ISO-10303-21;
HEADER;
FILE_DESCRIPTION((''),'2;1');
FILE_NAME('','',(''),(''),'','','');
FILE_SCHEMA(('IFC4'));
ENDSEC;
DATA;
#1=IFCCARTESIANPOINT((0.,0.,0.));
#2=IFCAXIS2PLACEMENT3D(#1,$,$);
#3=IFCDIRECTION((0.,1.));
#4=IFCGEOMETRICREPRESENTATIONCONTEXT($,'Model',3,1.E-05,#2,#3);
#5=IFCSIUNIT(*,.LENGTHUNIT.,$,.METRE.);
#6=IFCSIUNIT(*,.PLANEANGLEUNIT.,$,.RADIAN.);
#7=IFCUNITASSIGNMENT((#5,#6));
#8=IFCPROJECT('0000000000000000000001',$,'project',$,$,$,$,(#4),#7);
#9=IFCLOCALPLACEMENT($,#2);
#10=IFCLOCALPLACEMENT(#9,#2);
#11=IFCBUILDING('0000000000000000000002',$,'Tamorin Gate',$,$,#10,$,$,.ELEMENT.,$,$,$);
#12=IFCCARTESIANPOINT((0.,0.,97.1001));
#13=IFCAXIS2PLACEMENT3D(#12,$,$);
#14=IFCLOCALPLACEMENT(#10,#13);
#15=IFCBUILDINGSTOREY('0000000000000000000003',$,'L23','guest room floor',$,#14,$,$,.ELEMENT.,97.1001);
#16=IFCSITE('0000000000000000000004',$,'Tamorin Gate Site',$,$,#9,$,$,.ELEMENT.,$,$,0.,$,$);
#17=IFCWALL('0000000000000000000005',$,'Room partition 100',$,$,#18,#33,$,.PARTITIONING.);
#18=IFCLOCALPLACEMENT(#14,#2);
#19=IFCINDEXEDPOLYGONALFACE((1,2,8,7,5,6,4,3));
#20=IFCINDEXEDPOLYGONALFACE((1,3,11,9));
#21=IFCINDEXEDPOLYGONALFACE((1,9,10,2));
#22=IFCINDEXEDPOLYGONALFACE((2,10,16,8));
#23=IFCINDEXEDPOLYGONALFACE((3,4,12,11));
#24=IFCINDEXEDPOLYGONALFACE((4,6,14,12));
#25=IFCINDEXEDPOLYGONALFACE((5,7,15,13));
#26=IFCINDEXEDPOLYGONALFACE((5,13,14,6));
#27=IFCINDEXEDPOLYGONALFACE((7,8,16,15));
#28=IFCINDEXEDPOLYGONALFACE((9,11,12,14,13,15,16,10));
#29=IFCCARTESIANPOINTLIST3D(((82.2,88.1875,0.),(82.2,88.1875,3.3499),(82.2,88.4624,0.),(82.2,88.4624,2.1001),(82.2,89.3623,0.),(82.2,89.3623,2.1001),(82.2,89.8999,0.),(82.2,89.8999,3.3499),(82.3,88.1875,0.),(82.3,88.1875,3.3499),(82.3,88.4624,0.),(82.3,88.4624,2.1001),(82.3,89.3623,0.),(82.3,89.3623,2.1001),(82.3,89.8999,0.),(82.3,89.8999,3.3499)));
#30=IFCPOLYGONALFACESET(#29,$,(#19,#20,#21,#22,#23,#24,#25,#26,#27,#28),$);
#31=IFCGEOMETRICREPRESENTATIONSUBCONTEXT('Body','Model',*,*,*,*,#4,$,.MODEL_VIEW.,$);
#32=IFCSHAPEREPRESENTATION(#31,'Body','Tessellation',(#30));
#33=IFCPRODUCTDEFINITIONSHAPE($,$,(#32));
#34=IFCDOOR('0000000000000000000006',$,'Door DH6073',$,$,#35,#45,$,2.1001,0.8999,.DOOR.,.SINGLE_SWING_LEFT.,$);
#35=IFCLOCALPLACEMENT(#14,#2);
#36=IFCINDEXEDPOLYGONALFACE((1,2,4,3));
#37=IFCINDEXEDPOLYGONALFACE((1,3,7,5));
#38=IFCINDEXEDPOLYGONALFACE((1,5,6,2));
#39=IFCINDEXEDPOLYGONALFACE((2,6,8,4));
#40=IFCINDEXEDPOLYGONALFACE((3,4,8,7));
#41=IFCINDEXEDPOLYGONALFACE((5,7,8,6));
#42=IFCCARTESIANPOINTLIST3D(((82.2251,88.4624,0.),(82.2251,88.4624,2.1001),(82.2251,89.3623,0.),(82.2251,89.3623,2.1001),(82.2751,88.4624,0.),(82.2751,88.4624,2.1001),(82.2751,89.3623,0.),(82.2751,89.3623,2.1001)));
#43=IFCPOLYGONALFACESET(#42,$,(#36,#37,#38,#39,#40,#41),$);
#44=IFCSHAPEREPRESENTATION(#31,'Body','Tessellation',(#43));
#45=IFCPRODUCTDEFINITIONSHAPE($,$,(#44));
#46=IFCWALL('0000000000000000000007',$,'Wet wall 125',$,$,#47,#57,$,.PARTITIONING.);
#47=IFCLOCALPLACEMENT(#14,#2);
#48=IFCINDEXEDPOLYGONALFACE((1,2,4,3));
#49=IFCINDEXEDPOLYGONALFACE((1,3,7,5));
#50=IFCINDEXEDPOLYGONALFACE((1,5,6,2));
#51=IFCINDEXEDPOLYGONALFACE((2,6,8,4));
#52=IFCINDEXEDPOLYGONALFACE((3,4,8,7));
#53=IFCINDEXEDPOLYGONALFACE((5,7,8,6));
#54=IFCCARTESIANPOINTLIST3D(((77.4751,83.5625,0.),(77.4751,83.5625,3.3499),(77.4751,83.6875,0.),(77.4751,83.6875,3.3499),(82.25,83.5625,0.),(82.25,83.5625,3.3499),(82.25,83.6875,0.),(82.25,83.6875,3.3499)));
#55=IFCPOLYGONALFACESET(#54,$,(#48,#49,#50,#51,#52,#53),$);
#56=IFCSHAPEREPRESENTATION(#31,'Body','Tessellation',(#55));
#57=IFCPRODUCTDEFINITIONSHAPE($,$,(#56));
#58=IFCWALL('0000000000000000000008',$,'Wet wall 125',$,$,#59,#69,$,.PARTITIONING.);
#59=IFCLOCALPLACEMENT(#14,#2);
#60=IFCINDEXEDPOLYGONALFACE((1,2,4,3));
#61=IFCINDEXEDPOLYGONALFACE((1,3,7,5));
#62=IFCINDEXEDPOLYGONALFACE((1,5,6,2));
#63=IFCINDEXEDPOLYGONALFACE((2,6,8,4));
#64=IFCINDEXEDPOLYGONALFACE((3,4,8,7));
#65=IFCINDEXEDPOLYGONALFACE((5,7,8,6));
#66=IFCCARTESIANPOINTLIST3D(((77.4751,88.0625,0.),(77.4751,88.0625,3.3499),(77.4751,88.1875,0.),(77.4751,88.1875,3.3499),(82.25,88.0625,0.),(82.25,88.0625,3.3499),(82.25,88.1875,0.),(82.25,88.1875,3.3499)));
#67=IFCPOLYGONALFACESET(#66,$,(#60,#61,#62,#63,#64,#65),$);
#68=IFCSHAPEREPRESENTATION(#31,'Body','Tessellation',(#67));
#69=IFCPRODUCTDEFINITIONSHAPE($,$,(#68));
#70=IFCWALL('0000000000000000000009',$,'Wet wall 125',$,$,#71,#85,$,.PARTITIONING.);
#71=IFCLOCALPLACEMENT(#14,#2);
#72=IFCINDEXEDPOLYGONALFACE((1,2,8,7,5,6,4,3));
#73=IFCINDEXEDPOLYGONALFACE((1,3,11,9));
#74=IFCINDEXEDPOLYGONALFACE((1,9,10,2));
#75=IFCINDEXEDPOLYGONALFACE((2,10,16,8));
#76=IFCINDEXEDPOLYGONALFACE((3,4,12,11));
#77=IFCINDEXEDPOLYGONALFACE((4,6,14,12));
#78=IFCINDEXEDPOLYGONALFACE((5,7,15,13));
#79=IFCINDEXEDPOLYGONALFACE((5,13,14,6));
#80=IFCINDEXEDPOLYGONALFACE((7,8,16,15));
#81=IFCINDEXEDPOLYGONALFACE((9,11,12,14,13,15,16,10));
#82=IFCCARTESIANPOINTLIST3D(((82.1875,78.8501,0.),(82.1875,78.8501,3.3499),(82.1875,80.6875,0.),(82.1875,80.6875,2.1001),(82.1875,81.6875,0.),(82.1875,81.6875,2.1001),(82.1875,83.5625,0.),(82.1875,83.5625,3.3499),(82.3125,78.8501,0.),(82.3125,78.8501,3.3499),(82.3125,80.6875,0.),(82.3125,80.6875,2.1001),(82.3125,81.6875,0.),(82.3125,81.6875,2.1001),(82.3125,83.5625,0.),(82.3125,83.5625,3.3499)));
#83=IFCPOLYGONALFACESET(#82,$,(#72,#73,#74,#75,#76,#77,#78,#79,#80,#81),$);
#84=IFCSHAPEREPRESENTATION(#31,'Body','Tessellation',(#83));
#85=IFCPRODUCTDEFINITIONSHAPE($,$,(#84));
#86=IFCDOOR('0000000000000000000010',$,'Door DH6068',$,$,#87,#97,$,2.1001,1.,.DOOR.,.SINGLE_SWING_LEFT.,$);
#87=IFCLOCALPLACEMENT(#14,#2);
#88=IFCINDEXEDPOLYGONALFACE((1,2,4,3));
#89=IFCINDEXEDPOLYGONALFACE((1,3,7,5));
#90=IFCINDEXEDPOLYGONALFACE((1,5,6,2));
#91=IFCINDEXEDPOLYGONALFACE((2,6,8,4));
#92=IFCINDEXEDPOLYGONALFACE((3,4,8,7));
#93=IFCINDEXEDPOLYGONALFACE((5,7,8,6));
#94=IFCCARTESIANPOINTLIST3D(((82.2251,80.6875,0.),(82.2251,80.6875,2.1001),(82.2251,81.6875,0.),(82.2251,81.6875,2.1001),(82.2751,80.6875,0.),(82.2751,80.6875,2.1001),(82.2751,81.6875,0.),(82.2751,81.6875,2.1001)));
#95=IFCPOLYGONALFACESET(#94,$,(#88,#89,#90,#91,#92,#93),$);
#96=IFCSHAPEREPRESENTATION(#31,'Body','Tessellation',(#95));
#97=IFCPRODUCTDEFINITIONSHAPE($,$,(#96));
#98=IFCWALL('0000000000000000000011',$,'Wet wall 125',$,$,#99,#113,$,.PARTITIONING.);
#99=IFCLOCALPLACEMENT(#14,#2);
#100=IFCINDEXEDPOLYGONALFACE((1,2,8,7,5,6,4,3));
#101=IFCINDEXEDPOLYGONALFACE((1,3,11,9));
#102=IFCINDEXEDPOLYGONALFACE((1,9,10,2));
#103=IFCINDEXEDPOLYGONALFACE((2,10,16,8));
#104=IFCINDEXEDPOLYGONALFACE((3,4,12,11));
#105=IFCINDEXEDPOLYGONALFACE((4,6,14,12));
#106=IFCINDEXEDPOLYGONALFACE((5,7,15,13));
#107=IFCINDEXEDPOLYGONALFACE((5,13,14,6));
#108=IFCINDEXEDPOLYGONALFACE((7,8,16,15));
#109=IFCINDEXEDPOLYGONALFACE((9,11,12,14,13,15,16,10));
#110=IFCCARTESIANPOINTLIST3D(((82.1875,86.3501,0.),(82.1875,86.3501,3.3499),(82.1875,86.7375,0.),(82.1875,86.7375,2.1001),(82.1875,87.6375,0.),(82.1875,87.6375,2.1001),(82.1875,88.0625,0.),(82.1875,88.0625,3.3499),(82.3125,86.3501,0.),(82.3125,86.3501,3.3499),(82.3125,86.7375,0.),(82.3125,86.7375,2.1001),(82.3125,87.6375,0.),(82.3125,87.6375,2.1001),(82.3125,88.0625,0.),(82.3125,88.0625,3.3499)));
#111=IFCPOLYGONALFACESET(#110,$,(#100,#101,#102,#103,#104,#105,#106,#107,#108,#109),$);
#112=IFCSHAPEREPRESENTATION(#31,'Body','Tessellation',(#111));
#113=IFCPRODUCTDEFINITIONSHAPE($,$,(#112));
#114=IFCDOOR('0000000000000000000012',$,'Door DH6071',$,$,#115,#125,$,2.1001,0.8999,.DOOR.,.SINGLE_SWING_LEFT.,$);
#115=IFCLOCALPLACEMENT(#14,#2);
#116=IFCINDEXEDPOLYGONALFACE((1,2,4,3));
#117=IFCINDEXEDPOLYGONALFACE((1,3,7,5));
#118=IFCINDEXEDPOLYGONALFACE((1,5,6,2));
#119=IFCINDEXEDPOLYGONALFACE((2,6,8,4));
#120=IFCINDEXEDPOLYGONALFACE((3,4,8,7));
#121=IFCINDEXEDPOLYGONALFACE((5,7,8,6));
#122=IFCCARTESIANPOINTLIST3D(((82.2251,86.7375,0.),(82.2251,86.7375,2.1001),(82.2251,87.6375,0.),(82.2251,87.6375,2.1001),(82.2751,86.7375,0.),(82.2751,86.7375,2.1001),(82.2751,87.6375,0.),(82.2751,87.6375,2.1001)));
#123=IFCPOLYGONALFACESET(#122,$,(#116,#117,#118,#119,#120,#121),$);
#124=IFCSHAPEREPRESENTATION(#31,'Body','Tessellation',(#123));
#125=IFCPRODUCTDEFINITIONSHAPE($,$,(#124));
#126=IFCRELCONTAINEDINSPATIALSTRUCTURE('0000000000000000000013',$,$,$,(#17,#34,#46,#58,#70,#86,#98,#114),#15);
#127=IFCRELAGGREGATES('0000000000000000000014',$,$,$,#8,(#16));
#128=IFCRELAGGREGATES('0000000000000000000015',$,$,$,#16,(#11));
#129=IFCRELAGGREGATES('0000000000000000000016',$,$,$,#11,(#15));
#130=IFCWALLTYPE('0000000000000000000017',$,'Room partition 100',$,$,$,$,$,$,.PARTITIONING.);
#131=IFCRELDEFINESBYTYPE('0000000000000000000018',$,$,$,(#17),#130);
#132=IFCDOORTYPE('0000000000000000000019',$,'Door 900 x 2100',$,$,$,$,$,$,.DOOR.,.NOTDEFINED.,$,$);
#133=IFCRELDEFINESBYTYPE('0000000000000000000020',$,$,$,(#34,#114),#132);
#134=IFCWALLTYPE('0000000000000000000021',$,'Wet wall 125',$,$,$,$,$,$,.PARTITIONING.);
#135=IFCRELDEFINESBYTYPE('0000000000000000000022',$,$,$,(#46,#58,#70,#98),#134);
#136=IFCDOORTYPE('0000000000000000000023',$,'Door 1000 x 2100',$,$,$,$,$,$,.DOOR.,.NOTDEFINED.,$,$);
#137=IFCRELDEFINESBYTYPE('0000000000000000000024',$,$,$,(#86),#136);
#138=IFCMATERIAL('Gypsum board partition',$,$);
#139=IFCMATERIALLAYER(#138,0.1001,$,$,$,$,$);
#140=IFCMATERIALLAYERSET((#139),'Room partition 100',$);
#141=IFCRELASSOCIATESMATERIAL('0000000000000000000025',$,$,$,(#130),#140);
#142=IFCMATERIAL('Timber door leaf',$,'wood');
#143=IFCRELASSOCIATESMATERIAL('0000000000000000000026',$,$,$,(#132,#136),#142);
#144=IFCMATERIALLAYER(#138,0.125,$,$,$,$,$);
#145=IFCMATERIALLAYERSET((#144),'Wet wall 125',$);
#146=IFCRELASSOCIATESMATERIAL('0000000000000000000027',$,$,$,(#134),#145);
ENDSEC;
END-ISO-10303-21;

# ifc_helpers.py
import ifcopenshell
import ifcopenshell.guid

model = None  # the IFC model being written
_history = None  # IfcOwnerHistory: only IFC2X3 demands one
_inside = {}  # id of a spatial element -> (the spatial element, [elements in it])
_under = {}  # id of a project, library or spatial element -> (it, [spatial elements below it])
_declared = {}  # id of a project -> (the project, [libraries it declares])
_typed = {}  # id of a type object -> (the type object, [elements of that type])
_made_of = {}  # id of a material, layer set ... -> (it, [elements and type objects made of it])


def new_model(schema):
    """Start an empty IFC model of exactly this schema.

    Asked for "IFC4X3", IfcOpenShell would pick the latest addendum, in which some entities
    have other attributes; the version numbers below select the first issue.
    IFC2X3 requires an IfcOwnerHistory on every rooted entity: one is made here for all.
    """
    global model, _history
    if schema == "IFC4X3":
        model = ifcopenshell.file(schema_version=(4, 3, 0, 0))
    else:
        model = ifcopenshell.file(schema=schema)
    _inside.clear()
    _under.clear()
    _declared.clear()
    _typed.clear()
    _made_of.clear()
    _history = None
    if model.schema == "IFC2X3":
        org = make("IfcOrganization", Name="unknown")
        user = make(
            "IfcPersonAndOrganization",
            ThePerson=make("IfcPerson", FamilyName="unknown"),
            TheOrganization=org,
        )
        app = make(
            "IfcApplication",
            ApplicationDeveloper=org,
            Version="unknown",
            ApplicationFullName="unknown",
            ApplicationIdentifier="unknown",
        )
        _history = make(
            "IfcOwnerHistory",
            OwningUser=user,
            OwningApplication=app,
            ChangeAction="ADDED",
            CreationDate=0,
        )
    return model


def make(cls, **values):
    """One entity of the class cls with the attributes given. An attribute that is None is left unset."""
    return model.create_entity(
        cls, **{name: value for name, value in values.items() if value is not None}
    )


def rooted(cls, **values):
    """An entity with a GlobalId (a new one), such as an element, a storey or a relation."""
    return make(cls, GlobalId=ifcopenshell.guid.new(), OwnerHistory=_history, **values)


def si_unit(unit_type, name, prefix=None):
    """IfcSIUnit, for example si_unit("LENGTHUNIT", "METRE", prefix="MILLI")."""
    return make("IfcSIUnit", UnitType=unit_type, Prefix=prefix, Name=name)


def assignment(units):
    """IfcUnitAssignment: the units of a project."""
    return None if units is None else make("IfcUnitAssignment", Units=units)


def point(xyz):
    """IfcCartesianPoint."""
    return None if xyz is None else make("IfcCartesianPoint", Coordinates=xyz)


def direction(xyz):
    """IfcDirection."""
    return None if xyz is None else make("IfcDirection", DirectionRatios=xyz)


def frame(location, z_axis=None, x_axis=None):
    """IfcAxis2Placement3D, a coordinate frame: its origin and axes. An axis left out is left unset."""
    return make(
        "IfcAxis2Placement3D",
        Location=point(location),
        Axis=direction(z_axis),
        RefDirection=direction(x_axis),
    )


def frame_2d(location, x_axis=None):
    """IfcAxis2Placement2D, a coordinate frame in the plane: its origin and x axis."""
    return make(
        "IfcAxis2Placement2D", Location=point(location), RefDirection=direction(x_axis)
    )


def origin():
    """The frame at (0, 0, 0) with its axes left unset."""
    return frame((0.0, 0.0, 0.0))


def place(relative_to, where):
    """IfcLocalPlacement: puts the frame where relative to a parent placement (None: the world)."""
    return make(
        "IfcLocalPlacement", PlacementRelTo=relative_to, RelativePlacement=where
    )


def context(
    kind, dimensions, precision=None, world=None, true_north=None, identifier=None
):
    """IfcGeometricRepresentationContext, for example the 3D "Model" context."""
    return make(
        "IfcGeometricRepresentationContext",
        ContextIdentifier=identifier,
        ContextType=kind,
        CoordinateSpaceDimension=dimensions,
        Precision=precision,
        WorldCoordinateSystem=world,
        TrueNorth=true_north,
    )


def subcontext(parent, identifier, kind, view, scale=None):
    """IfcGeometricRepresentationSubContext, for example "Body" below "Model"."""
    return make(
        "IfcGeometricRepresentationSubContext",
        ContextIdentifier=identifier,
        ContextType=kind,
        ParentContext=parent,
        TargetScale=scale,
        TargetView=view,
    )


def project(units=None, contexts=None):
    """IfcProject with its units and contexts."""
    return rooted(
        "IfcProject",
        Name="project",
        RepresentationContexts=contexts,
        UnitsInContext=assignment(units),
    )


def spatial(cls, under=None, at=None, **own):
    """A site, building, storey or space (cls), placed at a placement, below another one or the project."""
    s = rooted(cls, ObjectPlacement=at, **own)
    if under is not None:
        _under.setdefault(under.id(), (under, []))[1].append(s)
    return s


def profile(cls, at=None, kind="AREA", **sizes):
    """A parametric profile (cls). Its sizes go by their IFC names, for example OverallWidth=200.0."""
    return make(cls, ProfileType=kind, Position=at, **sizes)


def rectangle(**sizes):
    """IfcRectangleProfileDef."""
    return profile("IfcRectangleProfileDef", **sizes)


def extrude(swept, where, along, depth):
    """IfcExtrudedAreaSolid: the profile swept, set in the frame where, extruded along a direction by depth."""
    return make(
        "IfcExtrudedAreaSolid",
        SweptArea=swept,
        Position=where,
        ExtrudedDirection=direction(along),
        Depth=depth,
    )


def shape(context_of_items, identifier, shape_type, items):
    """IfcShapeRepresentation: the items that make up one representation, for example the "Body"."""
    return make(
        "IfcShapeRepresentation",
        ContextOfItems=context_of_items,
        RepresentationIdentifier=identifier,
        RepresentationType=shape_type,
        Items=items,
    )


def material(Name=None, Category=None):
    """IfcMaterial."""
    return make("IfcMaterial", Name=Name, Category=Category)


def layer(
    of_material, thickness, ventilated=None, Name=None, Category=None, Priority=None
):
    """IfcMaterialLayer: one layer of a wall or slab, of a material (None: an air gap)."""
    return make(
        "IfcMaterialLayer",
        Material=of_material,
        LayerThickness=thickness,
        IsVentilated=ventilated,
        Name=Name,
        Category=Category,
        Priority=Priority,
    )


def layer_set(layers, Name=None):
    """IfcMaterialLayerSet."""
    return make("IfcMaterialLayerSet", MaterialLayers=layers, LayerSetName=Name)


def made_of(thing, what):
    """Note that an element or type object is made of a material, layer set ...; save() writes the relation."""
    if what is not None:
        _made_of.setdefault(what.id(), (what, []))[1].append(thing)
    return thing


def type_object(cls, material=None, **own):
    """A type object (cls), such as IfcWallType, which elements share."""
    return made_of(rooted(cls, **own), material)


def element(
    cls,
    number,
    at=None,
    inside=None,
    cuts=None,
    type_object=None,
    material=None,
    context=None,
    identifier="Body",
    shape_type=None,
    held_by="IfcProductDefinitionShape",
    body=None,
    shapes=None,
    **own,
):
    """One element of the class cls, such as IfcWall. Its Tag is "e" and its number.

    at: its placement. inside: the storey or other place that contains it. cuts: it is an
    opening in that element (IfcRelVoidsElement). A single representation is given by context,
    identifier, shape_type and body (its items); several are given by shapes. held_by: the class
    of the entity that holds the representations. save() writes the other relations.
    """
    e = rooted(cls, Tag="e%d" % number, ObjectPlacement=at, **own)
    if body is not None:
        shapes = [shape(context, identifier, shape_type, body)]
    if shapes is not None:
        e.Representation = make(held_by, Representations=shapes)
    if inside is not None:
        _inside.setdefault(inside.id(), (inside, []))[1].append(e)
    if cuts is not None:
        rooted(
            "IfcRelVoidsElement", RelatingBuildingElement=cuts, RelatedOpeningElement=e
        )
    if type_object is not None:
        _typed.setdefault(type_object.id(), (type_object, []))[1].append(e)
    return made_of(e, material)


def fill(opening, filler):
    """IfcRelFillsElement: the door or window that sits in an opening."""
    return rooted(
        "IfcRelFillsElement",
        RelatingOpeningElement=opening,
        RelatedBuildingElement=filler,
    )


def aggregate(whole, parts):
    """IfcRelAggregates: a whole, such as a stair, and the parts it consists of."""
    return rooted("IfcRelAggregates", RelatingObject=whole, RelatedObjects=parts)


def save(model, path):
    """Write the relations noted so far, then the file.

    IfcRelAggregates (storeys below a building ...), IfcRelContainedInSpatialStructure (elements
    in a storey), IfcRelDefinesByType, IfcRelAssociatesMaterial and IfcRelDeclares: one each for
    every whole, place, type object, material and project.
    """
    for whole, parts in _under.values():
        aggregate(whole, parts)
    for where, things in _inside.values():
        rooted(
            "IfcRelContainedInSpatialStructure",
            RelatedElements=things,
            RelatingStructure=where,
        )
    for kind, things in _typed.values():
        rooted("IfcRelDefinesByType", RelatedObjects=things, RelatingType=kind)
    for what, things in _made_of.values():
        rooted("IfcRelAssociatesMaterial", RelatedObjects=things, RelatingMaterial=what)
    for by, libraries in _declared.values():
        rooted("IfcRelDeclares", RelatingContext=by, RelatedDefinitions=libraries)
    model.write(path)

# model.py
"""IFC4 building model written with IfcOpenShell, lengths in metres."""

from ifc_helpers import new_model, si_unit, direction, frame, frame_2d, origin, place, context, subcontext, project, spatial, rectangle, extrude, material, layer, layer_set, type_object, element, fill, save


model = new_model("IFC4")

# Units and contexts
model_context = context("Model", 3, precision=1e-05, world=origin(), true_north=direction((0.0, 1.0)))
body_context = subcontext(model_context, "Body", "Model", "MODEL_VIEW")
ifc_project = project(units=[si_unit("LENGTHUNIT", "METRE"), si_unit("PLANEANGLEUNIT", "RADIAN")], contexts=[model_context])

# Site, building, storey
site_placement = place(None, origin())
site = spatial("IfcSite", under=ifc_project, at=site_placement, Name="Tamorin Gate Site", CompositionType="ELEMENT", RefElevation=0.0)
building_placement = place(site_placement, origin())
building = spatial("IfcBuilding", under=site, at=building_placement, Name="Tamorin Gate", CompositionType="ELEMENT")
storey_placement = place(building_placement, frame((0.0, 0.0, 97.1001)))
storey = spatial("IfcBuildingStorey", under=building, at=storey_placement, Name="L23", Description="guest room floor", CompositionType="ELEMENT", Elevation=97.1001)

# Shared definitions
ifc_material_1 = material(Name="Gypsum board partition")

# Wall, opening, door
ifc_layer_1 = layer(ifc_material_1, 0.1001)
ifc_layer_set_1 = layer_set([ifc_layer_1], Name="Room partition 100")
wall_type_1 = type_object("IfcWallType", Name="Room partition 100", PredefinedType="PARTITIONING", material=ifc_layer_set_1)
ifc_material_2 = material(Name="Timber door leaf", Category="wood")
door_type_1 = type_object("IfcDoorType", Name="Door 900 x 2100", OperationType="NOTDEFINED", PredefinedType="DOOR", material=ifc_material_2)
door_type_2 = type_object("IfcDoorType", Name="Door 1000 x 2100", OperationType="NOTDEFINED", PredefinedType="DOOR", material=ifc_material_2)
wall_1_placement = place(storey_placement, frame((82.25, 88.1875, 0.0), z_axis=(0.0, 0.0, 1.0), x_axis=(0.0, 1.0, 0.0)))
wall_1 = element("IfcWall", 1, at=wall_1_placement, inside=storey, type_object=wall_type_1, Name="Room partition 100", PredefinedType="PARTITIONING", context=body_context, shape_type="SweptSolid", body=[
    extrude(rectangle(XDim=1.7124, YDim=0.1001, at=frame_2d((0.8562, 0.0))), origin(), (0.0, 0.0, 1.0), 3.3499),
])
opening_1_placement = place(wall_1_placement, frame((0.2749, 0.0, 0.0)))
opening_1 = element("IfcOpeningElement", 2, at=opening_1_placement, cuts=wall_1, PredefinedType="OPENING", context=body_context, shape_type="SweptSolid", body=[
    extrude(rectangle(XDim=0.8999, YDim=2.1001, at=frame_2d((0.45, 1.05))), frame((0.0, 0.0601, 0.0), z_axis=(0.0, -1.0, 0.0), x_axis=(1.0, 0.0, 0.0)), (0.0, 0.0, 1.0), 0.1201),
])
door_1_placement = place(opening_1_placement, origin())
door_1 = element("IfcDoor", 3, at=door_1_placement, inside=storey, type_object=door_type_1, Name="Door DH6073", OperationType="SINGLE_SWING_LEFT", OverallHeight=2.1001, OverallWidth=0.8999, PredefinedType="DOOR", context=body_context, shape_type="SweptSolid", body=[
    extrude(rectangle(XDim=0.8999, YDim=2.1001, at=frame_2d((0.45, 1.05))), frame((0.0, 0.0249, 0.0), z_axis=(0.0, -1.0, 0.0), x_axis=(1.0, 0.0, 0.0)), (0.0, 0.0, 1.0), 0.05),
])
fill(opening_1, door_1)

# Walls
ifc_layer_2 = layer(ifc_material_1, 0.125)
ifc_layer_set_2 = layer_set([ifc_layer_2], Name="Wet wall 125")
wall_type_2 = type_object("IfcWallType", Name="Wet wall 125", PredefinedType="PARTITIONING", material=ifc_layer_set_2)
for number, where, z_axis, x_axis, name in (
    (4, (77.4751, 83.625, 0.0), (0.0, 0.0, 1.0), (1.0, 0.0, 0.0), "Wet wall 125"),
    (5, (77.4751, 88.125, 0.0), (0.0, 0.0, 1.0), (1.0, 0.0, 0.0), "Wet wall 125"),
):
    element("IfcWall", number, at=place(storey_placement, frame(where, z_axis=z_axis, x_axis=x_axis)), inside=storey, type_object=wall_type_2, Name=name, PredefinedType="PARTITIONING", context=body_context, shape_type="SweptSolid", body=[
        extrude(rectangle(XDim=4.7749, YDim=0.125, at=frame_2d((2.3875, 0.0))), origin(), (0.0, 0.0, 1.0), 3.3499),
    ])

# Walls, openings, doors
wall_2_placement = place(storey_placement, frame((82.25, 78.8501, 0.0), z_axis=(0.0, 0.0, 1.0), x_axis=(0.0, 1.0, 0.0)))
wall_2 = element("IfcWall", 6, at=wall_2_placement, inside=storey, type_object=wall_type_2, Name="Wet wall 125", PredefinedType="PARTITIONING", context=body_context, shape_type="SweptSolid", body=[
    extrude(rectangle(XDim=4.7124, YDim=0.125, at=frame_2d((2.3562, 0.0))), origin(), (0.0, 0.0, 1.0), 3.3499),
])
opening_2_placement = place(wall_2_placement, frame((1.8374, 0.0, 0.0)))
opening_2 = element("IfcOpeningElement", 7, at=opening_2_placement, cuts=wall_2, PredefinedType="OPENING", context=body_context, shape_type="SweptSolid", body=[
    extrude(rectangle(XDim=1.0, YDim=2.1001, at=frame_2d((0.5, 1.05))), frame((0.0, 0.0725, 0.0), z_axis=(0.0, -1.0, 0.0), x_axis=(1.0, 0.0, 0.0)), (0.0, 0.0, 1.0), 0.145),
])
door_2_placement = place(opening_2_placement, origin())
door_2 = element("IfcDoor", 8, at=door_2_placement, inside=storey, type_object=door_type_2, Name="Door DH6068", OperationType="SINGLE_SWING_LEFT", OverallHeight=2.1001, OverallWidth=1.0, PredefinedType="DOOR", context=body_context, shape_type="SweptSolid", body=[
    extrude(rectangle(XDim=1.0, YDim=2.1001, at=frame_2d((0.5, 1.05))), frame((0.0, 0.0249, 0.0), z_axis=(0.0, -1.0, 0.0), x_axis=(1.0, 0.0, 0.0)), (0.0, 0.0, 1.0), 0.05),
])
fill(opening_2, door_2)
wall_3_placement = place(storey_placement, frame((82.25, 86.3501, 0.0), z_axis=(0.0, 0.0, 1.0), x_axis=(0.0, 1.0, 0.0)))
wall_3 = element("IfcWall", 9, at=wall_3_placement, inside=storey, type_object=wall_type_2, Name="Wet wall 125", PredefinedType="PARTITIONING", context=body_context, shape_type="SweptSolid", body=[
    extrude(rectangle(XDim=1.7124, YDim=0.125, at=frame_2d((0.8562, 0.0))), origin(), (0.0, 0.0, 1.0), 3.3499),
])
opening_3_placement = place(wall_3_placement, frame((0.3875, 0.0, 0.0)))
opening_3 = element("IfcOpeningElement", 10, at=opening_3_placement, cuts=wall_3, PredefinedType="OPENING", context=body_context, shape_type="SweptSolid", body=[
    extrude(rectangle(XDim=0.8999, YDim=2.1001, at=frame_2d((0.45, 1.05))), frame((0.0, 0.0725, 0.0), z_axis=(0.0, -1.0, 0.0), x_axis=(1.0, 0.0, 0.0)), (0.0, 0.0, 1.0), 0.145),
])
door_3_placement = place(opening_3_placement, origin())
door_3 = element("IfcDoor", 11, at=door_3_placement, inside=storey, type_object=door_type_1, Name="Door DH6071", OperationType="SINGLE_SWING_LEFT", OverallHeight=2.1001, OverallWidth=0.8999, PredefinedType="DOOR", context=body_context, shape_type="SweptSolid", body=[
    extrude(rectangle(XDim=0.8999, YDim=2.1001, at=frame_2d((0.45, 1.05))), frame((0.0, 0.0249, 0.0), z_axis=(0.0, -1.0, 0.0), x_axis=(1.0, 0.0, 0.0)), (0.0, 0.0, 1.0), 0.05),
])
fill(opening_3, door_3)

save(model, "model.ifc")
